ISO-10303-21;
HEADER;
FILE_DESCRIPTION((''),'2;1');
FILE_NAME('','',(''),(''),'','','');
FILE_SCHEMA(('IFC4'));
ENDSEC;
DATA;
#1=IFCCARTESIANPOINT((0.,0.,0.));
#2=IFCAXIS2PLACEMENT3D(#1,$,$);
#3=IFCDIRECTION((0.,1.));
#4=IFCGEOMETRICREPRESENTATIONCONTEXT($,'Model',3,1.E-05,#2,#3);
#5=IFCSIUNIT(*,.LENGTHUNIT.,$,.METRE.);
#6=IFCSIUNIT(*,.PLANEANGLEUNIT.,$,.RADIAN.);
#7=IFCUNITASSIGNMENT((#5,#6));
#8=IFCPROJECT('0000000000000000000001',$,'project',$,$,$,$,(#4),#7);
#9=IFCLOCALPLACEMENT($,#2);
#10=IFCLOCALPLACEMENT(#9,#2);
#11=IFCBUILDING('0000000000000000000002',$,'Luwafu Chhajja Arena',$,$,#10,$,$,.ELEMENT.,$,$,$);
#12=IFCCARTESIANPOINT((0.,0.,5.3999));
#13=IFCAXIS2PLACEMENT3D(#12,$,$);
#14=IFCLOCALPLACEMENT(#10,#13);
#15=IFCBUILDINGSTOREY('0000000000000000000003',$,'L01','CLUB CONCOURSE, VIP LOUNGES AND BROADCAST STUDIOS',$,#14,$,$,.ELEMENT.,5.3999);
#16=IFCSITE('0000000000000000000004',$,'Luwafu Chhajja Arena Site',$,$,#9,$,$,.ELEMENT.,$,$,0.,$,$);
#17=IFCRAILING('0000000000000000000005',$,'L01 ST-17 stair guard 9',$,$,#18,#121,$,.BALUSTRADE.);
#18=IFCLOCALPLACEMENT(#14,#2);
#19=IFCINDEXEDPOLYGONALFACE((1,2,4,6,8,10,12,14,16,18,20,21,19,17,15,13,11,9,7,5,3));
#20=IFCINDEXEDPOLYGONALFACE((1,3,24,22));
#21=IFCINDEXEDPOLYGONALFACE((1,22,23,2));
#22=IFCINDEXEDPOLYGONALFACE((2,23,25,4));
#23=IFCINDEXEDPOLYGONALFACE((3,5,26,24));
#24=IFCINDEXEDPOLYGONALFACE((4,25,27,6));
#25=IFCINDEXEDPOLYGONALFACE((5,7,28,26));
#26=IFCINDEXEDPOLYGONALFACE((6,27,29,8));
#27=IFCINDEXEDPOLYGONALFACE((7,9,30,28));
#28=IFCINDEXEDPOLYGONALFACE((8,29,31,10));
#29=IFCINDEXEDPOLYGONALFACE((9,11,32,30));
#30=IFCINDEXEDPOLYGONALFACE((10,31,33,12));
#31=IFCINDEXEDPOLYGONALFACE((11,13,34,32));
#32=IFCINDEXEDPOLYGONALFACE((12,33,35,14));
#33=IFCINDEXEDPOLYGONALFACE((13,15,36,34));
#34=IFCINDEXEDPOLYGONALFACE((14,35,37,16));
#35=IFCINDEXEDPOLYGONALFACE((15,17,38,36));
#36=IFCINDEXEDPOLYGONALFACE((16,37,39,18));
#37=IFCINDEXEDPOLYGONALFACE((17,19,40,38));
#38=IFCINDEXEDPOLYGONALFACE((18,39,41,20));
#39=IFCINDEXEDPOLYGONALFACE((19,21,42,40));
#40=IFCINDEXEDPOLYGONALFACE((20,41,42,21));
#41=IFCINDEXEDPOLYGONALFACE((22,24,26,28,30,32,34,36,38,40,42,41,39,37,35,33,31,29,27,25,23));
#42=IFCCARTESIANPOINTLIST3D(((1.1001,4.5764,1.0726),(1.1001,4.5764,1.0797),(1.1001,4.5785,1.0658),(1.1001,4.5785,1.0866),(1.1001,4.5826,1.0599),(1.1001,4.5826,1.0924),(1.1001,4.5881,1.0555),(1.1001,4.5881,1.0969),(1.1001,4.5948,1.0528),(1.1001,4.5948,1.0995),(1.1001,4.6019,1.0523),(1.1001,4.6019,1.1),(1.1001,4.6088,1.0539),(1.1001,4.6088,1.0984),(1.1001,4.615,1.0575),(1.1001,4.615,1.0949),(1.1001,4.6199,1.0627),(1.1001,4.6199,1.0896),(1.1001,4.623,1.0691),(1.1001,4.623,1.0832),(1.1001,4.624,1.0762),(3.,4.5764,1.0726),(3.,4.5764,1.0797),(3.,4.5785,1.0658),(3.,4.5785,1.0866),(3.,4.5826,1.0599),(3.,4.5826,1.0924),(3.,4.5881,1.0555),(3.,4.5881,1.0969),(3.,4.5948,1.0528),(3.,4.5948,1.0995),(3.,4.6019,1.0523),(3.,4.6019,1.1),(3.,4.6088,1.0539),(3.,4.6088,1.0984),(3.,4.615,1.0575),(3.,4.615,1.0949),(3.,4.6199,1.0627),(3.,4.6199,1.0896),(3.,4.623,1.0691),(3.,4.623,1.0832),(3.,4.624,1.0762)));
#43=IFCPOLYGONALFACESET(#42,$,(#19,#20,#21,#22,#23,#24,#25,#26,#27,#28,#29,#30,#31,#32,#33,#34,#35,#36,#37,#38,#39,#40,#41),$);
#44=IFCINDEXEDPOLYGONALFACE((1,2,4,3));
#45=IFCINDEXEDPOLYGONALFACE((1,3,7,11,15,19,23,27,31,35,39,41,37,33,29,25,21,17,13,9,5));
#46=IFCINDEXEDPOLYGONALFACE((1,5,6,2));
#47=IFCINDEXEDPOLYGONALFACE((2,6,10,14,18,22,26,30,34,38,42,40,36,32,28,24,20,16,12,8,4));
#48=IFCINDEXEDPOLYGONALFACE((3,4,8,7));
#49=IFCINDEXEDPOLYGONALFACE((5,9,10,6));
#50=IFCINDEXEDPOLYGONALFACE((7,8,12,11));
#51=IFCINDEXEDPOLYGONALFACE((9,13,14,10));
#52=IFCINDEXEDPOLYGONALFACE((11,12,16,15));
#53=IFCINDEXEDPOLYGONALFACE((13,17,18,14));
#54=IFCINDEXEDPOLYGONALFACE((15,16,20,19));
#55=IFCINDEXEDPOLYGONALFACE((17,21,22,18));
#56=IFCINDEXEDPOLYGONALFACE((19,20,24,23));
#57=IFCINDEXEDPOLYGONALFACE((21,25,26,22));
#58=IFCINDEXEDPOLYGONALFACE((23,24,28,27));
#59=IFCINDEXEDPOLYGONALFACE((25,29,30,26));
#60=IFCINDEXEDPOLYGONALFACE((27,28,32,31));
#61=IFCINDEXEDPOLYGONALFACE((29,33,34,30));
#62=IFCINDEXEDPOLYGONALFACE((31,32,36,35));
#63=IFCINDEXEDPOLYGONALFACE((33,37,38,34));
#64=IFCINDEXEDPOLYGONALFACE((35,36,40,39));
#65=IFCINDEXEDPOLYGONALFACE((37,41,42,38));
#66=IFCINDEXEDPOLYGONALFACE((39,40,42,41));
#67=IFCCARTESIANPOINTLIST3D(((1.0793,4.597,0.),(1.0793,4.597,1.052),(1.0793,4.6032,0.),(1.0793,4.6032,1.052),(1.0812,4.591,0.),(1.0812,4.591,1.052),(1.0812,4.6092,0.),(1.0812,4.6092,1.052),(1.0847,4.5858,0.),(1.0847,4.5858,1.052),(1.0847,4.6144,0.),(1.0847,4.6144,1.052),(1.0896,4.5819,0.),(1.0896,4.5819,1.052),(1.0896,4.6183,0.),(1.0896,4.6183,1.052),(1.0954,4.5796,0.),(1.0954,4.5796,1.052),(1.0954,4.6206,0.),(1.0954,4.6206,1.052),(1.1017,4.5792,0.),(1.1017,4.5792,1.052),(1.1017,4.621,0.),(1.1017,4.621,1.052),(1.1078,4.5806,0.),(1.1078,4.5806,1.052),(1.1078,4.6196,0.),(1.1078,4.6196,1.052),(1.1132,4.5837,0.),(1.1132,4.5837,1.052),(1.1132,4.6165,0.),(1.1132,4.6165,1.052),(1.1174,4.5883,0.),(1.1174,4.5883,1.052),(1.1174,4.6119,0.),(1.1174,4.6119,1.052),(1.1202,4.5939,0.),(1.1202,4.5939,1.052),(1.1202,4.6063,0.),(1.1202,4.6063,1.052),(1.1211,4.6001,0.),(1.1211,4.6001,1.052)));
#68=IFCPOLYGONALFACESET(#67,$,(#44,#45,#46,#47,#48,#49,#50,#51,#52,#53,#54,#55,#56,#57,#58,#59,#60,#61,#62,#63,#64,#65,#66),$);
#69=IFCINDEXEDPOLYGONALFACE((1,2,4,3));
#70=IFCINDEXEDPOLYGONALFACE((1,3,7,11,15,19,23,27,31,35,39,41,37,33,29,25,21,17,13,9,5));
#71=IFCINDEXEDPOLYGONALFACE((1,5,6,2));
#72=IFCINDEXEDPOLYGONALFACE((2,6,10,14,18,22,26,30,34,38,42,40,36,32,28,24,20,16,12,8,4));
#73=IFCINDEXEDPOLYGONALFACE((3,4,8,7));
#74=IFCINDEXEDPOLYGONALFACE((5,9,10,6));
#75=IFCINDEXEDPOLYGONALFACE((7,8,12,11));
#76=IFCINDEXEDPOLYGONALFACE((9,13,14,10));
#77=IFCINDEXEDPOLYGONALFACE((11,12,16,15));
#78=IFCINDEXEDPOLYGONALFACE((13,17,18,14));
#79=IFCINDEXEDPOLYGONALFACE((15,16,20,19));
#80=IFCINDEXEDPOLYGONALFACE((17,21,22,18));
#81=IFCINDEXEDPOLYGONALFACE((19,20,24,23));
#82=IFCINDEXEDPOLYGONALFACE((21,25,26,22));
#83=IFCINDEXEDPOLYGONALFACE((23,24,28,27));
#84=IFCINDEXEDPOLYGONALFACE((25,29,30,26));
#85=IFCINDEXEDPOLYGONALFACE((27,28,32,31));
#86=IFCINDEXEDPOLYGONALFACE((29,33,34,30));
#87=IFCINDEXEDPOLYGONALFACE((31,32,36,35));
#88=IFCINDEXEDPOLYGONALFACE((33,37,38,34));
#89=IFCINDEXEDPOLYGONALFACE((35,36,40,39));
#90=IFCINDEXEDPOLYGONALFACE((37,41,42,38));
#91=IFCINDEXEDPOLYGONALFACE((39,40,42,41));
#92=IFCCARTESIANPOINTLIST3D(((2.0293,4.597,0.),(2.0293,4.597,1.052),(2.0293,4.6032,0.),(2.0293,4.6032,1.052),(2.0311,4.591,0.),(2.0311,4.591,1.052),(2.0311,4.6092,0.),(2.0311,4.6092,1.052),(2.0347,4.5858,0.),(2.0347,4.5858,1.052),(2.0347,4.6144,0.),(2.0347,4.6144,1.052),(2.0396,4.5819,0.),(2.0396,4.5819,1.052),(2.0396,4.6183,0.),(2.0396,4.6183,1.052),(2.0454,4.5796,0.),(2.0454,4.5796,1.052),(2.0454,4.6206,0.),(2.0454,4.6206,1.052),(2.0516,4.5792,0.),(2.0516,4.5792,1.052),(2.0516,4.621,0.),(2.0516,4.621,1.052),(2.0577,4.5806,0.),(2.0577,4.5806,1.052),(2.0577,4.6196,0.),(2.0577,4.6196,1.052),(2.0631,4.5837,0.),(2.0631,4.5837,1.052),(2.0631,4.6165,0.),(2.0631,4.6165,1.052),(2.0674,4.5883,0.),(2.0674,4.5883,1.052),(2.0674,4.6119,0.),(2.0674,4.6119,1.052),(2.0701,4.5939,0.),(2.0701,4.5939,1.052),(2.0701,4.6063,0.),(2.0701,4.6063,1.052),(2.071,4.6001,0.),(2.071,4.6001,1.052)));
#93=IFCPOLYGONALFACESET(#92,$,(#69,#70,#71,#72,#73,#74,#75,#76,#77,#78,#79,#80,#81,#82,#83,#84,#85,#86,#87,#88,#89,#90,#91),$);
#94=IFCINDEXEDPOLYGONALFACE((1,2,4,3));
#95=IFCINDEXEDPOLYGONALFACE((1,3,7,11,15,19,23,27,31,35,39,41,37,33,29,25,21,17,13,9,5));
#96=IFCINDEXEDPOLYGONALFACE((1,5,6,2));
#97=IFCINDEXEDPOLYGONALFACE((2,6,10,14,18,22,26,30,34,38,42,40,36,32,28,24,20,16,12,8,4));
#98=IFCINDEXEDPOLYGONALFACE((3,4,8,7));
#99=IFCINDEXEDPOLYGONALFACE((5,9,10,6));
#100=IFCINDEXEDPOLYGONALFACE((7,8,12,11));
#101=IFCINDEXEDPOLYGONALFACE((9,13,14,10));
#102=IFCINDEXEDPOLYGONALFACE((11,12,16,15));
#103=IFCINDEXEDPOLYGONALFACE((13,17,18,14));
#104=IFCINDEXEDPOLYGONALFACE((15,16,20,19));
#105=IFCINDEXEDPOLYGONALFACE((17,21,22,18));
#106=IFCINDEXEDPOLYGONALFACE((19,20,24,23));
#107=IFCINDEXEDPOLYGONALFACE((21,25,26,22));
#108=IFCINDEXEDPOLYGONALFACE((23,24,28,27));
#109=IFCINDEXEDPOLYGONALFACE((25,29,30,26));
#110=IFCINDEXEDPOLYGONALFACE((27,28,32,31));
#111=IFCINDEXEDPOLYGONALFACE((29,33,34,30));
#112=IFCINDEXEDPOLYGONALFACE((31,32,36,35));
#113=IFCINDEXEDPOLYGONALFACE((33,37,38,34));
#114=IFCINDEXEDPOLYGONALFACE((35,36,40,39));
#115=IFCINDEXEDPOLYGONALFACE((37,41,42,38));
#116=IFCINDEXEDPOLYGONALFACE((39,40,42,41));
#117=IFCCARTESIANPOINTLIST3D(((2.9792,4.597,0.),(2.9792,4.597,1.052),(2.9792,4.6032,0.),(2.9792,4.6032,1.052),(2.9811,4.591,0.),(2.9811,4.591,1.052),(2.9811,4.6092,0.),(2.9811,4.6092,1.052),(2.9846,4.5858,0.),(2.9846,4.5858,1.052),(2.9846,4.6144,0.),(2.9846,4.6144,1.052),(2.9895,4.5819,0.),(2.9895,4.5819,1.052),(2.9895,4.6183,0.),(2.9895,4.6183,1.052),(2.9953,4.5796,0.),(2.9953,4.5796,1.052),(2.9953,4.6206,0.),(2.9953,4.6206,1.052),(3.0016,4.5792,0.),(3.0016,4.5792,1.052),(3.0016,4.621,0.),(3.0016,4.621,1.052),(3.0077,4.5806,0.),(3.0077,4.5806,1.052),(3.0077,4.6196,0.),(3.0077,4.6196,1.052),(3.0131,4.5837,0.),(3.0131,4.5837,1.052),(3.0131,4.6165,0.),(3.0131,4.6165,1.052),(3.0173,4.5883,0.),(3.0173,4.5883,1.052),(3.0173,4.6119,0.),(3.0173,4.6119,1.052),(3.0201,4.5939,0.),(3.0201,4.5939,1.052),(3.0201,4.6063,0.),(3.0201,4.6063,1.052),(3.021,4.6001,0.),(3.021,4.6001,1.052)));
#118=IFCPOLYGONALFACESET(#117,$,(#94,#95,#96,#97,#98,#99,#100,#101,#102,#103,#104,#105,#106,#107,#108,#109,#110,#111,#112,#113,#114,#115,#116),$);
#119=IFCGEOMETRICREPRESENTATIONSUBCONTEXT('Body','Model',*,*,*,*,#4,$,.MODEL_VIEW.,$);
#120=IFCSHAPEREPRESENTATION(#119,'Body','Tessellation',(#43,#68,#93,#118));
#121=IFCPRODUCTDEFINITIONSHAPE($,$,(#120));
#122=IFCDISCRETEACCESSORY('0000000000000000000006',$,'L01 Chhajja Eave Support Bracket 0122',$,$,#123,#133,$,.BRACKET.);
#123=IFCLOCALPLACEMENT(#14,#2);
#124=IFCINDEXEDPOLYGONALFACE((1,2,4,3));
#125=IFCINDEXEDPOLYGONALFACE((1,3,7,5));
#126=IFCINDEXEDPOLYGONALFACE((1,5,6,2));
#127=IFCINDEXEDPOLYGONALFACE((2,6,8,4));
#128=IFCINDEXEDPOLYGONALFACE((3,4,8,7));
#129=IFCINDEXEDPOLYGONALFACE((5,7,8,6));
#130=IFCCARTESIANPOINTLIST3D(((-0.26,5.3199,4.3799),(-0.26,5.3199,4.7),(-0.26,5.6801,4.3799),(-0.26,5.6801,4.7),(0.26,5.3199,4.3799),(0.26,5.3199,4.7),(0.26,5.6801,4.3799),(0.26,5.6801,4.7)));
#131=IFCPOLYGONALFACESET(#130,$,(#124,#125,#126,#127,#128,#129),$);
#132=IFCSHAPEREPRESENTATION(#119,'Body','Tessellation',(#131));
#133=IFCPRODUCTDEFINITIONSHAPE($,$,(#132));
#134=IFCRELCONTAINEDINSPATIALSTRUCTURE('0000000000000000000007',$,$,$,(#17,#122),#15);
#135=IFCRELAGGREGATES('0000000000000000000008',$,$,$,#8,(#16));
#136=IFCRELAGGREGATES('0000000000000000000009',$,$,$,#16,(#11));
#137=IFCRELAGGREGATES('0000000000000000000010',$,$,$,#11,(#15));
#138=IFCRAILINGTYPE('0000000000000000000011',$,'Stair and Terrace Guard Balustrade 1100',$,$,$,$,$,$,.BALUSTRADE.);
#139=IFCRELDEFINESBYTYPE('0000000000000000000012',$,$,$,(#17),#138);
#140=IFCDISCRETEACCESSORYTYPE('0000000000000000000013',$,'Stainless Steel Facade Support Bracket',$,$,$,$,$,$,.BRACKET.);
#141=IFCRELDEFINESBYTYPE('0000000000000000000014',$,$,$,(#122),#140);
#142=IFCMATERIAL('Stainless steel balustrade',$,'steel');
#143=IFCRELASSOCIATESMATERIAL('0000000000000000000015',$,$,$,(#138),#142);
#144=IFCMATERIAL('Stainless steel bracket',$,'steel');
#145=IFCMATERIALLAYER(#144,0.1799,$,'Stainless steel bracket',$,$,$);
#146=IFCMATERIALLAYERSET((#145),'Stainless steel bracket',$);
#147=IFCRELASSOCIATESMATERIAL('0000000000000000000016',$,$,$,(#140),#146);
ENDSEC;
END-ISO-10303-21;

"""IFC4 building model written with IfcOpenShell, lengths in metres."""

from ifc_helpers import new_model, si_unit, direction, frame, origin, origin_2d, place, context, subcontext, project, spatial, rectangle, circle, extrude, material, layer, layer_set, type_object, element, save


model = new_model("IFC4")

# Units and contexts
model_context = context("Model", 3, precision=1e-05, world=origin(), true_north=direction((0.0, 1.0)))
body_context = subcontext(model_context, "Body", "Model", "MODEL_VIEW")
ifc_project = project(units=[si_unit("LENGTHUNIT", "METRE"), si_unit("PLANEANGLEUNIT", "RADIAN")], contexts=[model_context])

# Site, building, storey
site_placement = place(None, origin())
site = spatial("IfcSite", under=ifc_project, at=site_placement, Name="Luwafu Chhajja Arena Site", CompositionType="ELEMENT", RefElevation=0.0)
building_placement = place(site_placement, origin())
building = spatial("IfcBuilding", under=site, at=building_placement, Name="Luwafu Chhajja Arena", CompositionType="ELEMENT")
storey_placement = place(building_placement, frame((0.0, 0.0, 5.3999)))
storey = spatial("IfcBuildingStorey", under=building, at=storey_placement, Name="L01", Description="CLUB CONCOURSE, VIP LOUNGES AND BROADCAST STUDIOS", CompositionType="ELEMENT", Elevation=5.3999)

# Railing
ifc_material_1 = material(Name="Stainless steel balustrade", Category="steel")
railing_type = type_object("IfcRailingType", Name="Stair and Terrace Guard Balustrade 1100", PredefinedType="BALUSTRADE", material=ifc_material_1)
for number, where, name in (
    (1, (1.1001, 4.6001, 0.0), "L01 ST-17 stair guard 9"),
):
    element("IfcRailing", number, at=place(storey_placement, frame(where)), inside=storey, type_object=railing_type, Name=name, PredefinedType="BALUSTRADE", context=body_context, shape_type="SweptSolid", body=[
        extrude(circle(Radius=0.0239, at=origin_2d()), frame((0.0, 0.0, 1.0762), z_axis=(1.0, 0.0, 0.0), x_axis=(0.0, 1.0, 0.0)), (0.0, 0.0, 1.0), 1.8999),
        extrude(circle(Radius=0.021, at=origin_2d()), origin(), (0.0, 0.0, 1.0), 1.052),
        extrude(circle(Radius=0.021, at=origin_2d()), frame((0.95, 0.0, 0.0)), (0.0, 0.0, 1.0), 1.052),
        extrude(circle(Radius=0.021, at=origin_2d()), frame((1.8999, 0.0, 0.0)), (0.0, 0.0, 1.0), 1.052),
    ])

# Discrete accessory
ifc_material_2 = material(Name="Stainless steel bracket", Category="steel")
ifc_layer_1 = layer(ifc_material_2, 0.1799, Name="Stainless steel bracket")
ifc_layer_set_1 = layer_set([ifc_layer_1], Name="Stainless steel bracket")
discrete_accessory_type = type_object("IfcDiscreteAccessoryType", Name="Stainless Steel Facade Support Bracket", PredefinedType="BRACKET", material=ifc_layer_set_1)
discrete_accessory_placement = place(storey_placement, frame((0.0, 5.5, 4.3799), z_axis=(0.0, 0.0, 1.0), x_axis=(0.0, 1.0, 0.0)))
element("IfcDiscreteAccessory", 2, at=discrete_accessory_placement, inside=storey, type_object=discrete_accessory_type, Name="L01 Chhajja Eave Support Bracket 0122", PredefinedType="BRACKET", context=body_context, shape_type="SweptSolid", body=[
    extrude(rectangle(XDim=0.3601, YDim=0.52, at=origin_2d()), origin(), (0.0, 0.0, 1.0), 0.3201),
])

save(model, "model.ifc")
